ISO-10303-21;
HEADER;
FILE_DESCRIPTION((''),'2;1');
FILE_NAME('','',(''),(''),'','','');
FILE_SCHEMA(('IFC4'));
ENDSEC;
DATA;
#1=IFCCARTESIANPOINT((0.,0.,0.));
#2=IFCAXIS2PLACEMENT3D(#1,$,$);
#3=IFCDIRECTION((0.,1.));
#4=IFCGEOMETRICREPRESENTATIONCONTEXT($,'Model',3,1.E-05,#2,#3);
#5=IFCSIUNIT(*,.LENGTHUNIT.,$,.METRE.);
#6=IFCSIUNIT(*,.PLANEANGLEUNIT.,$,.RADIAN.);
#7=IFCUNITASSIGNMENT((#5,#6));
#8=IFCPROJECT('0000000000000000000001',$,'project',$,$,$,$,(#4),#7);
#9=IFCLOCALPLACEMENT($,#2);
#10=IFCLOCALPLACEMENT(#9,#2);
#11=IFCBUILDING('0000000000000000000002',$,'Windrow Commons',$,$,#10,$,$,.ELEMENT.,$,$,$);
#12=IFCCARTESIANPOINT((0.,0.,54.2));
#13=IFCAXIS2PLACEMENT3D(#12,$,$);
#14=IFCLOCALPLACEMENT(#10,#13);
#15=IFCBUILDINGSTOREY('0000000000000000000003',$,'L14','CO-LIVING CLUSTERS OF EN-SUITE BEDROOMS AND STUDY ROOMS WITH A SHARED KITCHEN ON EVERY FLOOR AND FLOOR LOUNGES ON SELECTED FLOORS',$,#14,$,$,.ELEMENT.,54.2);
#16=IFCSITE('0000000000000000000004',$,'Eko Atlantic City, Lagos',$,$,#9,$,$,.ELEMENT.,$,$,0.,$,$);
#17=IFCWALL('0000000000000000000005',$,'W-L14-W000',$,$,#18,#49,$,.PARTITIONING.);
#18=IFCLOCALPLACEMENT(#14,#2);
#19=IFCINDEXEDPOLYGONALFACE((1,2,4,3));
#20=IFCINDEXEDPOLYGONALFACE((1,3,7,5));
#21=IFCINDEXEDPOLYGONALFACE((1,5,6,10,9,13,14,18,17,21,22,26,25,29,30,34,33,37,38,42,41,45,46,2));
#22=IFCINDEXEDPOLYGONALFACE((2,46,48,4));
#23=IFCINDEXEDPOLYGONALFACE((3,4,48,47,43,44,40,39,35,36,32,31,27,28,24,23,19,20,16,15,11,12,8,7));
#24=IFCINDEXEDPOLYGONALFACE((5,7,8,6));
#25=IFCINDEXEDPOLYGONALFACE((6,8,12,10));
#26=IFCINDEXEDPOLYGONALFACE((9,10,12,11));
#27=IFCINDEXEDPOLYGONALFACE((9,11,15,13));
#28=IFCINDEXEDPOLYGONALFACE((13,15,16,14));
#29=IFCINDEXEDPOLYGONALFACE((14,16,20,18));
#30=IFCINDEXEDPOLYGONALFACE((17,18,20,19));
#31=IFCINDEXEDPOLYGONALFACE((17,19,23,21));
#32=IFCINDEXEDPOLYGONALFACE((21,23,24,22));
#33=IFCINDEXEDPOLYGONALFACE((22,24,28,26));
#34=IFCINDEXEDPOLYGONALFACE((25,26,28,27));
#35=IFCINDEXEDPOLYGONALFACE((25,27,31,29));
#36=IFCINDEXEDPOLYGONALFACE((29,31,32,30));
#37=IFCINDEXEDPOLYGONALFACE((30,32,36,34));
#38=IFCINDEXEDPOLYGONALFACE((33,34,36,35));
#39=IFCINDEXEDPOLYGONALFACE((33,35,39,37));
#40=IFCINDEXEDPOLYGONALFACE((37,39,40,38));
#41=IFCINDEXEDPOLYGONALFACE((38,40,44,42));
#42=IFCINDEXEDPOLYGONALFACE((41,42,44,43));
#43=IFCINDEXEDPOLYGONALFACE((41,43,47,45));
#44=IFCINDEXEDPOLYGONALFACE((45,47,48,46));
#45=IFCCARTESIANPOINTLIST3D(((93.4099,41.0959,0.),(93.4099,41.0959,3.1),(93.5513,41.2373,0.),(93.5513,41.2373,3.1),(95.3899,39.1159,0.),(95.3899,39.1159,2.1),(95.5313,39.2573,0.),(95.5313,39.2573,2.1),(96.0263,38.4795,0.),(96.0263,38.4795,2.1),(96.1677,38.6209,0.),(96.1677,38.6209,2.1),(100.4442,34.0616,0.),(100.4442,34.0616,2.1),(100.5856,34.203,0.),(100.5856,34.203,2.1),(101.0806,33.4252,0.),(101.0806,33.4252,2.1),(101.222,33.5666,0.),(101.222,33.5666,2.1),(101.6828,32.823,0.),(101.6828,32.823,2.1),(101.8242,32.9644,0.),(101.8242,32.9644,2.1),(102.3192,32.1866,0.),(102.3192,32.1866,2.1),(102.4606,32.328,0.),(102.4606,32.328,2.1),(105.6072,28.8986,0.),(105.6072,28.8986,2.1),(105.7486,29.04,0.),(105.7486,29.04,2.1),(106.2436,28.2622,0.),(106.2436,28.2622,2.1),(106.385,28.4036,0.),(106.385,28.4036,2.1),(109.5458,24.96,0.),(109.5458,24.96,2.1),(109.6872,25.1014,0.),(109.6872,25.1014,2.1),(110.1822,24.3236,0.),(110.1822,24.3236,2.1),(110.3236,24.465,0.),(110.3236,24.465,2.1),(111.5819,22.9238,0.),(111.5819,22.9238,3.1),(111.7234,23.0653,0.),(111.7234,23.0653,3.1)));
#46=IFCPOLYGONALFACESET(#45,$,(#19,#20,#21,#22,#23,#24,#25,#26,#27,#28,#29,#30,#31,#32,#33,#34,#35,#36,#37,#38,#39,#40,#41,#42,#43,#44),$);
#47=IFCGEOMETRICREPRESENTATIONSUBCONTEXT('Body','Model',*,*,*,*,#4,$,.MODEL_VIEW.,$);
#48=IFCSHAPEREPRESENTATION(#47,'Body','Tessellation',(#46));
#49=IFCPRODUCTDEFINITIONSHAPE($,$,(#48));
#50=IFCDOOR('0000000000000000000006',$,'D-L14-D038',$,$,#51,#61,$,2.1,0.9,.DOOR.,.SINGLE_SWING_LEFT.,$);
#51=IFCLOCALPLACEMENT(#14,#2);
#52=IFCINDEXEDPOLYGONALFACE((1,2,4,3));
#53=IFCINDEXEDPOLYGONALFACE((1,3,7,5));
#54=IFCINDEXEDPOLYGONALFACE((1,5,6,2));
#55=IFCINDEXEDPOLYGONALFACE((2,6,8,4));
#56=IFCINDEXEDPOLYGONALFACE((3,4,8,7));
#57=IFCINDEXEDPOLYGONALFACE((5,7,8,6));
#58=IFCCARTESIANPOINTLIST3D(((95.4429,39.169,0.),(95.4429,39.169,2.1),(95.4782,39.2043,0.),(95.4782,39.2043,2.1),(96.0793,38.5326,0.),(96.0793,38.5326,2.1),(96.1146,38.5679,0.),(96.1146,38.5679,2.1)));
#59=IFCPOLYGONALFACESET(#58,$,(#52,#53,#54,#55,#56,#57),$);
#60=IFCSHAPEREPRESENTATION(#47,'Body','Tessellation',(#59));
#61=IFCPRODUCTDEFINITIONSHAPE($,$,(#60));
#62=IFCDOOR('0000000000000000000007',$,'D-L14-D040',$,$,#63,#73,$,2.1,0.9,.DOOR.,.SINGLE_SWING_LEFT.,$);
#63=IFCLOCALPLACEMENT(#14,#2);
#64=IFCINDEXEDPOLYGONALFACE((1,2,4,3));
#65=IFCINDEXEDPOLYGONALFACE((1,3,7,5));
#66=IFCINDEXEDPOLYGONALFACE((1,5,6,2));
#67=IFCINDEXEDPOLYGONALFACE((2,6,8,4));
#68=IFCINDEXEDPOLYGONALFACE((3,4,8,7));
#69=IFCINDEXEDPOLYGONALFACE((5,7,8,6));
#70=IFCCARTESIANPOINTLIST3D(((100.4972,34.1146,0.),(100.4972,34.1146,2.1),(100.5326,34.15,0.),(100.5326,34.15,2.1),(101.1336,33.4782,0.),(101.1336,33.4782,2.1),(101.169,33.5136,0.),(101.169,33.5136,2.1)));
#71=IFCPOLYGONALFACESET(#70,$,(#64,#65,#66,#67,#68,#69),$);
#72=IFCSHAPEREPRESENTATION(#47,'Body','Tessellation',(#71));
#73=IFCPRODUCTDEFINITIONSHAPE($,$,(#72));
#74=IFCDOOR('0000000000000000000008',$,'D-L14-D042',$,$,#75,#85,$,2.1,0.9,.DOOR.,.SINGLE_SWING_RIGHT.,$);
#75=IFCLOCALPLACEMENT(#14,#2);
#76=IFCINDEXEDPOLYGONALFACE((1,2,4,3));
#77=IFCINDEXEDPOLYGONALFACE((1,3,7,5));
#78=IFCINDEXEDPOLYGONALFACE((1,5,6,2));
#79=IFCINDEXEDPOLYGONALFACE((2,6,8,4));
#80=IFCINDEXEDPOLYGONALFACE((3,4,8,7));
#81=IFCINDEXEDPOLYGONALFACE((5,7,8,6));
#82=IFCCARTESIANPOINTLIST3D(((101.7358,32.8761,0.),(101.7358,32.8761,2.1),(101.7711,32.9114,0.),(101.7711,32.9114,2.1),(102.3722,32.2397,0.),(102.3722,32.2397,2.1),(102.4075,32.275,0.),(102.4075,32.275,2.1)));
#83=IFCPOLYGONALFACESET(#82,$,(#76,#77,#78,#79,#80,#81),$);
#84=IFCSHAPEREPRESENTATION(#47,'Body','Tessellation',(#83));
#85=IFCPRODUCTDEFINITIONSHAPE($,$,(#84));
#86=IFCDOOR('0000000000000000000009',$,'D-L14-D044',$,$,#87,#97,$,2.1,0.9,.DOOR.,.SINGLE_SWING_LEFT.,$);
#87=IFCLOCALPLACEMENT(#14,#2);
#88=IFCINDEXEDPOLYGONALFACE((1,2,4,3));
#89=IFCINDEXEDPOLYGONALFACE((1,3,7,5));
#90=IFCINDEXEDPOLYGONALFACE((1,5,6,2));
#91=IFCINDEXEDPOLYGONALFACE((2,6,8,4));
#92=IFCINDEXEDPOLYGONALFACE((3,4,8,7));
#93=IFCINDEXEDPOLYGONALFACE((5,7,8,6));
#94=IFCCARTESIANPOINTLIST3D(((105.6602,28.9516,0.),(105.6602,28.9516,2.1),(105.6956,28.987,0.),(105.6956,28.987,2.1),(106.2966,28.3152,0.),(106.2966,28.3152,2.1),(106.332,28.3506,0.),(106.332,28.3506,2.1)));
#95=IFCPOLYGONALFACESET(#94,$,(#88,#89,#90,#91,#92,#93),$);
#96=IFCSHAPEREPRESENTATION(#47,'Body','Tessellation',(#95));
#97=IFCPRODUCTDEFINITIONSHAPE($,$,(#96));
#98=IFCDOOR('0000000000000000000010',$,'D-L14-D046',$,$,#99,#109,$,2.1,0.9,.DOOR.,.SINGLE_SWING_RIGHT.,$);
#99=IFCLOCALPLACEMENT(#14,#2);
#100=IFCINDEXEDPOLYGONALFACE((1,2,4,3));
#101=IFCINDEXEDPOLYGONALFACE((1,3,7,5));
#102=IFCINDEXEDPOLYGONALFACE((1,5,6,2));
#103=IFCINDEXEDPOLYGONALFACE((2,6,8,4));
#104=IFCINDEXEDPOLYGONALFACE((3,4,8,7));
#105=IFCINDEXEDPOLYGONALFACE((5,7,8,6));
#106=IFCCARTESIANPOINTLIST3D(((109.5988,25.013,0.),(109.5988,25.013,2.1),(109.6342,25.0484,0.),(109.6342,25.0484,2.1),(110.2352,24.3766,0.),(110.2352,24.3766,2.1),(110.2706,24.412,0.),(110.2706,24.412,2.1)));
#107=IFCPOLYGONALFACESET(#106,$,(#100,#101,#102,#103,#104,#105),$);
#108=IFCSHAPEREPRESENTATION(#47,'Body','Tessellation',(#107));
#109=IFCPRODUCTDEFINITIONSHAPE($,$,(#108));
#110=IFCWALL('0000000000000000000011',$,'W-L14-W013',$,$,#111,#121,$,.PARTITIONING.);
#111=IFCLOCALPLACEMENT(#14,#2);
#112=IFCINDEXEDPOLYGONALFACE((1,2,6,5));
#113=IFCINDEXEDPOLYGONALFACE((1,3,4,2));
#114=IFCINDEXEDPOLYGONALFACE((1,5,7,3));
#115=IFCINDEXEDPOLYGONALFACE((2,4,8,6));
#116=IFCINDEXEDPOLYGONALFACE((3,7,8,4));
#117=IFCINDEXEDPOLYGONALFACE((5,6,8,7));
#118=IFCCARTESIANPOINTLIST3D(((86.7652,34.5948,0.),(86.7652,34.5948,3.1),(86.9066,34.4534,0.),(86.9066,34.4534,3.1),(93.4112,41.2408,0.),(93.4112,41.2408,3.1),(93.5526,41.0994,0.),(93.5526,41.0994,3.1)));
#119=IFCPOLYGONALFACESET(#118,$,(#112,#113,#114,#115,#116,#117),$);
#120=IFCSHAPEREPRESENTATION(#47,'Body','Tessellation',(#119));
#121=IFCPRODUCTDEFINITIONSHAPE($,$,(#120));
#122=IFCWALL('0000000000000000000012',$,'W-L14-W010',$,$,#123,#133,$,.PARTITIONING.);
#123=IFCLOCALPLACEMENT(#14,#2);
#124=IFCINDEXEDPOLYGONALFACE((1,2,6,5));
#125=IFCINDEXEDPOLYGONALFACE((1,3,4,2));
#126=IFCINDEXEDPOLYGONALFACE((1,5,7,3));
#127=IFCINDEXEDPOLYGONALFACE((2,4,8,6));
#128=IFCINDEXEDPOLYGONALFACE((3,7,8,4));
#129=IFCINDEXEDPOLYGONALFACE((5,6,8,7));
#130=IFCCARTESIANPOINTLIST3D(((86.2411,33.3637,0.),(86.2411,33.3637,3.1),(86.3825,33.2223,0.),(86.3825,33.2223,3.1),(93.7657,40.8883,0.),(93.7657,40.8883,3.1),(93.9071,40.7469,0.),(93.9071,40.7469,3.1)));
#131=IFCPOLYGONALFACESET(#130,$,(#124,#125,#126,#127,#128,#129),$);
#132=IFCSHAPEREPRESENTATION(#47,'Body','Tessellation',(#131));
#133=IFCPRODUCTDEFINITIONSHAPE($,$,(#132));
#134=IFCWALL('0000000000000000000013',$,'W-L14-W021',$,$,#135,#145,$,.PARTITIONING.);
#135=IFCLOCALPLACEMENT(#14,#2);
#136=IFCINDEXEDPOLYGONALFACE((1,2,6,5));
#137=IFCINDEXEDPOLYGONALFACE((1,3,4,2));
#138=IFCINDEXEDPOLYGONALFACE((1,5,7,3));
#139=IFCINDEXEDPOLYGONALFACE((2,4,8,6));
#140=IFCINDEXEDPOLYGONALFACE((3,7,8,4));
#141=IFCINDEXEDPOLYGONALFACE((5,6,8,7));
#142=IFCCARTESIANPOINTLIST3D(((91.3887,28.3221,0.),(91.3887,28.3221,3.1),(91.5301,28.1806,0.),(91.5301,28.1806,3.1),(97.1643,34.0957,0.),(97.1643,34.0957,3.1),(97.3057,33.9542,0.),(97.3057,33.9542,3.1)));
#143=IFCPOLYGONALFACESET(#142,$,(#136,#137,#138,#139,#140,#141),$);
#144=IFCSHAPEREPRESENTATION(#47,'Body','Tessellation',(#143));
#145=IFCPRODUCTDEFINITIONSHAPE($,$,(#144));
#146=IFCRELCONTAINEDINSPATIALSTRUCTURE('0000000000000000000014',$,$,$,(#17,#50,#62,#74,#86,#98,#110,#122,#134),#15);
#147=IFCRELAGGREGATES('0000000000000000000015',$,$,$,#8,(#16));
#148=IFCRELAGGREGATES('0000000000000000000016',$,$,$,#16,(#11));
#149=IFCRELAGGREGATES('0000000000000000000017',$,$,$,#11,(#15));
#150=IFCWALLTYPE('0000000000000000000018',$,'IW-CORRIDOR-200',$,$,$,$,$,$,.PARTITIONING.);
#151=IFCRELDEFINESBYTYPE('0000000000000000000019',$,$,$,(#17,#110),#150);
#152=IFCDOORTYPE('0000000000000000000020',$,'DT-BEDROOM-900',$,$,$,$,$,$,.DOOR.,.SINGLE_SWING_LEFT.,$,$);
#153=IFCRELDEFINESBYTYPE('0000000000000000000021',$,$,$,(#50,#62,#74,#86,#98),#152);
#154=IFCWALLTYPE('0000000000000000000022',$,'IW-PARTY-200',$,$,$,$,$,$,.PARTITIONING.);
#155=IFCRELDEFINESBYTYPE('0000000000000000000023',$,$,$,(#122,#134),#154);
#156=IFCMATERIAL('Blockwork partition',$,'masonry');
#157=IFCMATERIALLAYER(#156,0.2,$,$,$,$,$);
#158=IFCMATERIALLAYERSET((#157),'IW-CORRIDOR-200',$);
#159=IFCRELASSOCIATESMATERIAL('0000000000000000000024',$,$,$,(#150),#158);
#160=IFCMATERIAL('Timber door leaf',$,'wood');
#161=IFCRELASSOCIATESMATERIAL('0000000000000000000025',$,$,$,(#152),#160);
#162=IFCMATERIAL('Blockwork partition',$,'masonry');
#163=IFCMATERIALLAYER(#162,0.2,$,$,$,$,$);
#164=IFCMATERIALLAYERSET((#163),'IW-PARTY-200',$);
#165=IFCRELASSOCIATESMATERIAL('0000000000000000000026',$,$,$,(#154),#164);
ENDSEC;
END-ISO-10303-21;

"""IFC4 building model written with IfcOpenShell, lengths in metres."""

from ifc_helpers import new_model, si_unit, direction, frame, frame_2d, origin, place, context, subcontext, project, spatial, rectangle, extrude, material, layer, layer_set, type_object, element, fill, save


model = new_model("IFC4")

# Units and contexts
model_context = context("Model", 3, precision=1e-05, world=origin(), true_north=direction((0.0, 1.0)))
body_context = subcontext(model_context, "Body", "Model", "MODEL_VIEW")
ifc_project = project(units=[si_unit("LENGTHUNIT", "METRE"), si_unit("PLANEANGLEUNIT", "RADIAN")], contexts=[model_context])

# Site, building, storey
site_placement = place(None, origin())
site = spatial("IfcSite", under=ifc_project, at=site_placement, Name="Eko Atlantic City, Lagos", CompositionType="ELEMENT", RefElevation=0.0)
building_placement = place(site_placement, origin())
building = spatial("IfcBuilding", under=site, at=building_placement, Name="Windrow Commons", CompositionType="ELEMENT")
storey_placement = place(building_placement, frame((0.0, 0.0, 54.2)))
storey = spatial("IfcBuildingStorey", under=building, at=storey_placement, Name="L14", Description="CO-LIVING CLUSTERS OF EN-SUITE BEDROOMS AND STUDY ROOMS WITH A SHARED KITCHEN ON EVERY FLOOR AND FLOOR LOUNGES ON SELECTED FLOORS", CompositionType="ELEMENT", Elevation=54.2)

# Wall, openings, doors
ifc_material_1 = material(Name="Blockwork partition", Category="masonry")
ifc_layer_1 = layer(ifc_material_1, 0.2)
ifc_layer_set_1 = layer_set([ifc_layer_1], Name="IW-CORRIDOR-200")
wall_type_1 = type_object("IfcWallType", Name="IW-CORRIDOR-200", PredefinedType="PARTITIONING", material=ifc_layer_set_1)
wall_1_placement = place(storey_placement, frame((93.4806, 41.1666, 0.0), z_axis=(0.0, 0.0, 1.0), x_axis=(0.707107, -0.707107, 0.0)))
wall_1 = element("IfcWall", 1, at=wall_1_placement, inside=storey, type_object=wall_type_1, Name="W-L14-W000", PredefinedType="PARTITIONING", context=body_context, shape_type="SweptSolid", body=[
    extrude(rectangle(XDim=25.6991, YDim=0.2, at=frame_2d((12.8496, 0.0))), origin(), (0.0, 0.0, 1.0), 3.1),
])
opening_1_placement = place(wall_1_placement, frame((2.8001, 0.0, 0.0)))
opening_1 = element("IfcOpeningElement", 2, at=opening_1_placement, cuts=wall_1, PredefinedType="OPENING", context=body_context, shape_type="SweptSolid", body=[
    extrude(rectangle(XDim=0.9, YDim=2.1, at=frame_2d((0.45, 1.05))), frame((0.0, 0.11, 0.0), z_axis=(0.0, -1.0, 0.0), x_axis=(1.0, 0.0, 0.0)), (0.0, 0.0, 1.0), 0.22),
])
opening_2_placement = place(wall_1_placement, frame((9.948, 0.0, 0.0)))
opening_2 = element("IfcOpeningElement", 3, at=opening_2_placement, cuts=wall_1, PredefinedType="OPENING", context=body_context, shape_type="SweptSolid", body=[
    extrude(rectangle(XDim=0.9, YDim=2.1, at=frame_2d((0.45, 1.05))), frame((0.0, 0.11, 0.0), z_axis=(0.0, -1.0, 0.0), x_axis=(1.0, 0.0, 0.0)), (0.0, 0.0, 1.0), 0.22),
])
opening_3_placement = place(wall_1_placement, frame((11.6996, 0.0, 0.0)))
opening_3 = element("IfcOpeningElement", 4, at=opening_3_placement, cuts=wall_1, PredefinedType="OPENING", context=body_context, shape_type="SweptSolid", body=[
    extrude(rectangle(XDim=0.9, YDim=2.1, at=frame_2d((0.45, 1.05))), frame((0.0, 0.11, 0.0), z_axis=(0.0, -1.0, 0.0), x_axis=(1.0, 0.0, 0.0)), (0.0, 0.0, 1.0), 0.22),
])
opening_4_placement = place(wall_1_placement, frame((17.2496, 0.0, 0.0)))
opening_4 = element("IfcOpeningElement", 5, at=opening_4_placement, cuts=wall_1, PredefinedType="OPENING", context=body_context, shape_type="SweptSolid", body=[
    extrude(rectangle(XDim=0.9, YDim=2.1, at=frame_2d((0.45, 1.05))), frame((0.0, 0.11, 0.0), z_axis=(0.0, -1.0, 0.0), x_axis=(1.0, 0.0, 0.0)), (0.0, 0.0, 1.0), 0.22),
])
opening_5_placement = place(wall_1_placement, frame((22.8196, 0.0, 0.0)))
opening_5 = element("IfcOpeningElement", 6, at=opening_5_placement, cuts=wall_1, PredefinedType="OPENING", context=body_context, shape_type="SweptSolid", body=[
    extrude(rectangle(XDim=0.9, YDim=2.1, at=frame_2d((0.45, 1.05))), frame((0.0, 0.11, 0.0), z_axis=(0.0, -1.0, 0.0), x_axis=(1.0, 0.0, 0.0)), (0.0, 0.0, 1.0), 0.22),
])
ifc_material_2 = material(Name="Timber door leaf", Category="wood")
door_type_1 = type_object("IfcDoorType", Name="DT-BEDROOM-900", OperationType="SINGLE_SWING_LEFT", PredefinedType="DOOR", material=ifc_material_2)
door_1_placement = place(opening_1_placement, origin())
door_1 = element("IfcDoor", 7, at=door_1_placement, inside=storey, type_object=door_type_1, Name="D-L14-D038", OperationType="SINGLE_SWING_LEFT", OverallHeight=2.1, OverallWidth=0.9, PredefinedType="DOOR", context=body_context, shape_type="SweptSolid", body=[
    extrude(rectangle(XDim=0.9, YDim=2.1, at=frame_2d((0.45, 1.05))), frame((0.0, 0.025, 0.0), z_axis=(0.0, -1.0, 0.0), x_axis=(1.0, 0.0, 0.0)), (0.0, 0.0, 1.0), 0.05),
])
fill(opening_1, door_1)
door_2_placement = place(opening_2_placement, origin())
door_2 = element("IfcDoor", 8, at=door_2_placement, inside=storey, type_object=door_type_1, Name="D-L14-D040", OperationType="SINGLE_SWING_LEFT", OverallHeight=2.1, OverallWidth=0.9, PredefinedType="DOOR", context=body_context, shape_type="SweptSolid", body=[
    extrude(rectangle(XDim=0.9, YDim=2.1, at=frame_2d((0.45, 1.05))), frame((0.0, 0.025, 0.0), z_axis=(0.0, -1.0, 0.0), x_axis=(1.0, 0.0, 0.0)), (0.0, 0.0, 1.0), 0.05),
])
fill(opening_2, door_2)
door_3_placement = place(opening_3_placement, origin())
door_3 = element("IfcDoor", 9, at=door_3_placement, inside=storey, type_object=door_type_1, Name="D-L14-D042", OperationType="SINGLE_SWING_RIGHT", OverallHeight=2.1, OverallWidth=0.9, PredefinedType="DOOR", context=body_context, shape_type="SweptSolid", body=[
    extrude(rectangle(XDim=0.9, YDim=2.1, at=frame_2d((0.45, 1.05))), frame((0.0, 0.025, 0.0), z_axis=(0.0, -1.0, 0.0), x_axis=(1.0, 0.0, 0.0)), (0.0, 0.0, 1.0), 0.05),
])
fill(opening_3, door_3)
door_4_placement = place(opening_4_placement, origin())
door_4 = element("IfcDoor", 10, at=door_4_placement, inside=storey, type_object=door_type_1, Name="D-L14-D044", OperationType="SINGLE_SWING_LEFT", OverallHeight=2.1, OverallWidth=0.9, PredefinedType="DOOR", context=body_context, shape_type="SweptSolid", body=[
    extrude(rectangle(XDim=0.9, YDim=2.1, at=frame_2d((0.45, 1.05))), frame((0.0, 0.025, 0.0), z_axis=(0.0, -1.0, 0.0), x_axis=(1.0, 0.0, 0.0)), (0.0, 0.0, 1.0), 0.05),
])
fill(opening_4, door_4)
door_5_placement = place(opening_5_placement, origin())
door_5 = element("IfcDoor", 11, at=door_5_placement, inside=storey, type_object=door_type_1, Name="D-L14-D046", OperationType="SINGLE_SWING_RIGHT", OverallHeight=2.1, OverallWidth=0.9, PredefinedType="DOOR", context=body_context, shape_type="SweptSolid", body=[
    extrude(rectangle(XDim=0.9, YDim=2.1, at=frame_2d((0.45, 1.05))), frame((0.0, 0.025, 0.0), z_axis=(0.0, -1.0, 0.0), x_axis=(1.0, 0.0, 0.0)), (0.0, 0.0, 1.0), 0.05),
])
fill(opening_5, door_5)

# Walls
wall_2_placement = place(storey_placement, frame((86.8359, 34.5241, 0.0), z_axis=(0.0, 0.0, 1.0), x_axis=(0.707107, 0.707107, 0.0)))
element("IfcWall", 12, at=wall_2_placement, inside=storey, type_object=wall_type_1, Name="W-L14-W013", PredefinedType="PARTITIONING", context=body_context, shape_type="SweptSolid", body=[
    extrude(rectangle(XDim=9.3989, YDim=0.2, at=frame_2d((4.6994, 0.0))), origin(), (0.0, 0.0, 1.0), 3.1),
])
ifc_material_3 = material(Name="Blockwork partition", Category="masonry")
ifc_layer_2 = layer(ifc_material_3, 0.2)
ifc_layer_set_2 = layer_set([ifc_layer_2], Name="IW-PARTY-200")
wall_type_2 = type_object("IfcWallType", Name="IW-PARTY-200", PredefinedType="PARTITIONING", material=ifc_layer_set_2)
wall_3_placement = place(storey_placement, frame((86.3118, 33.293, 0.0), z_axis=(0.0, 0.0, 1.0), x_axis=(0.707107, 0.707107, 0.0)))
element("IfcWall", 13, at=wall_3_placement, inside=storey, type_object=wall_type_2, Name="W-L14-W010", PredefinedType="PARTITIONING", context=body_context, shape_type="SweptSolid", body=[
    extrude(rectangle(XDim=10.6414, YDim=0.2, at=frame_2d((5.3207, 0.0))), origin(), (0.0, 0.0, 1.0), 3.1),
])
wall_4_placement = place(storey_placement, frame((91.4594, 28.2514, 0.0), z_axis=(0.0, 0.0, 1.0), x_axis=(0.707229, 0.706984, 0.0)))
element("IfcWall", 14, at=wall_4_placement, inside=storey, type_object=wall_type_2, Name="W-L14-W021", PredefinedType="PARTITIONING", context=body_context, shape_type="SweptSolid", body=[
    extrude(rectangle(XDim=8.1665, YDim=0.2, at=frame_2d((4.0832, 0.0))), origin(), (0.0, 0.0, 1.0), 3.1),
])

save(model, "model.ifc")
